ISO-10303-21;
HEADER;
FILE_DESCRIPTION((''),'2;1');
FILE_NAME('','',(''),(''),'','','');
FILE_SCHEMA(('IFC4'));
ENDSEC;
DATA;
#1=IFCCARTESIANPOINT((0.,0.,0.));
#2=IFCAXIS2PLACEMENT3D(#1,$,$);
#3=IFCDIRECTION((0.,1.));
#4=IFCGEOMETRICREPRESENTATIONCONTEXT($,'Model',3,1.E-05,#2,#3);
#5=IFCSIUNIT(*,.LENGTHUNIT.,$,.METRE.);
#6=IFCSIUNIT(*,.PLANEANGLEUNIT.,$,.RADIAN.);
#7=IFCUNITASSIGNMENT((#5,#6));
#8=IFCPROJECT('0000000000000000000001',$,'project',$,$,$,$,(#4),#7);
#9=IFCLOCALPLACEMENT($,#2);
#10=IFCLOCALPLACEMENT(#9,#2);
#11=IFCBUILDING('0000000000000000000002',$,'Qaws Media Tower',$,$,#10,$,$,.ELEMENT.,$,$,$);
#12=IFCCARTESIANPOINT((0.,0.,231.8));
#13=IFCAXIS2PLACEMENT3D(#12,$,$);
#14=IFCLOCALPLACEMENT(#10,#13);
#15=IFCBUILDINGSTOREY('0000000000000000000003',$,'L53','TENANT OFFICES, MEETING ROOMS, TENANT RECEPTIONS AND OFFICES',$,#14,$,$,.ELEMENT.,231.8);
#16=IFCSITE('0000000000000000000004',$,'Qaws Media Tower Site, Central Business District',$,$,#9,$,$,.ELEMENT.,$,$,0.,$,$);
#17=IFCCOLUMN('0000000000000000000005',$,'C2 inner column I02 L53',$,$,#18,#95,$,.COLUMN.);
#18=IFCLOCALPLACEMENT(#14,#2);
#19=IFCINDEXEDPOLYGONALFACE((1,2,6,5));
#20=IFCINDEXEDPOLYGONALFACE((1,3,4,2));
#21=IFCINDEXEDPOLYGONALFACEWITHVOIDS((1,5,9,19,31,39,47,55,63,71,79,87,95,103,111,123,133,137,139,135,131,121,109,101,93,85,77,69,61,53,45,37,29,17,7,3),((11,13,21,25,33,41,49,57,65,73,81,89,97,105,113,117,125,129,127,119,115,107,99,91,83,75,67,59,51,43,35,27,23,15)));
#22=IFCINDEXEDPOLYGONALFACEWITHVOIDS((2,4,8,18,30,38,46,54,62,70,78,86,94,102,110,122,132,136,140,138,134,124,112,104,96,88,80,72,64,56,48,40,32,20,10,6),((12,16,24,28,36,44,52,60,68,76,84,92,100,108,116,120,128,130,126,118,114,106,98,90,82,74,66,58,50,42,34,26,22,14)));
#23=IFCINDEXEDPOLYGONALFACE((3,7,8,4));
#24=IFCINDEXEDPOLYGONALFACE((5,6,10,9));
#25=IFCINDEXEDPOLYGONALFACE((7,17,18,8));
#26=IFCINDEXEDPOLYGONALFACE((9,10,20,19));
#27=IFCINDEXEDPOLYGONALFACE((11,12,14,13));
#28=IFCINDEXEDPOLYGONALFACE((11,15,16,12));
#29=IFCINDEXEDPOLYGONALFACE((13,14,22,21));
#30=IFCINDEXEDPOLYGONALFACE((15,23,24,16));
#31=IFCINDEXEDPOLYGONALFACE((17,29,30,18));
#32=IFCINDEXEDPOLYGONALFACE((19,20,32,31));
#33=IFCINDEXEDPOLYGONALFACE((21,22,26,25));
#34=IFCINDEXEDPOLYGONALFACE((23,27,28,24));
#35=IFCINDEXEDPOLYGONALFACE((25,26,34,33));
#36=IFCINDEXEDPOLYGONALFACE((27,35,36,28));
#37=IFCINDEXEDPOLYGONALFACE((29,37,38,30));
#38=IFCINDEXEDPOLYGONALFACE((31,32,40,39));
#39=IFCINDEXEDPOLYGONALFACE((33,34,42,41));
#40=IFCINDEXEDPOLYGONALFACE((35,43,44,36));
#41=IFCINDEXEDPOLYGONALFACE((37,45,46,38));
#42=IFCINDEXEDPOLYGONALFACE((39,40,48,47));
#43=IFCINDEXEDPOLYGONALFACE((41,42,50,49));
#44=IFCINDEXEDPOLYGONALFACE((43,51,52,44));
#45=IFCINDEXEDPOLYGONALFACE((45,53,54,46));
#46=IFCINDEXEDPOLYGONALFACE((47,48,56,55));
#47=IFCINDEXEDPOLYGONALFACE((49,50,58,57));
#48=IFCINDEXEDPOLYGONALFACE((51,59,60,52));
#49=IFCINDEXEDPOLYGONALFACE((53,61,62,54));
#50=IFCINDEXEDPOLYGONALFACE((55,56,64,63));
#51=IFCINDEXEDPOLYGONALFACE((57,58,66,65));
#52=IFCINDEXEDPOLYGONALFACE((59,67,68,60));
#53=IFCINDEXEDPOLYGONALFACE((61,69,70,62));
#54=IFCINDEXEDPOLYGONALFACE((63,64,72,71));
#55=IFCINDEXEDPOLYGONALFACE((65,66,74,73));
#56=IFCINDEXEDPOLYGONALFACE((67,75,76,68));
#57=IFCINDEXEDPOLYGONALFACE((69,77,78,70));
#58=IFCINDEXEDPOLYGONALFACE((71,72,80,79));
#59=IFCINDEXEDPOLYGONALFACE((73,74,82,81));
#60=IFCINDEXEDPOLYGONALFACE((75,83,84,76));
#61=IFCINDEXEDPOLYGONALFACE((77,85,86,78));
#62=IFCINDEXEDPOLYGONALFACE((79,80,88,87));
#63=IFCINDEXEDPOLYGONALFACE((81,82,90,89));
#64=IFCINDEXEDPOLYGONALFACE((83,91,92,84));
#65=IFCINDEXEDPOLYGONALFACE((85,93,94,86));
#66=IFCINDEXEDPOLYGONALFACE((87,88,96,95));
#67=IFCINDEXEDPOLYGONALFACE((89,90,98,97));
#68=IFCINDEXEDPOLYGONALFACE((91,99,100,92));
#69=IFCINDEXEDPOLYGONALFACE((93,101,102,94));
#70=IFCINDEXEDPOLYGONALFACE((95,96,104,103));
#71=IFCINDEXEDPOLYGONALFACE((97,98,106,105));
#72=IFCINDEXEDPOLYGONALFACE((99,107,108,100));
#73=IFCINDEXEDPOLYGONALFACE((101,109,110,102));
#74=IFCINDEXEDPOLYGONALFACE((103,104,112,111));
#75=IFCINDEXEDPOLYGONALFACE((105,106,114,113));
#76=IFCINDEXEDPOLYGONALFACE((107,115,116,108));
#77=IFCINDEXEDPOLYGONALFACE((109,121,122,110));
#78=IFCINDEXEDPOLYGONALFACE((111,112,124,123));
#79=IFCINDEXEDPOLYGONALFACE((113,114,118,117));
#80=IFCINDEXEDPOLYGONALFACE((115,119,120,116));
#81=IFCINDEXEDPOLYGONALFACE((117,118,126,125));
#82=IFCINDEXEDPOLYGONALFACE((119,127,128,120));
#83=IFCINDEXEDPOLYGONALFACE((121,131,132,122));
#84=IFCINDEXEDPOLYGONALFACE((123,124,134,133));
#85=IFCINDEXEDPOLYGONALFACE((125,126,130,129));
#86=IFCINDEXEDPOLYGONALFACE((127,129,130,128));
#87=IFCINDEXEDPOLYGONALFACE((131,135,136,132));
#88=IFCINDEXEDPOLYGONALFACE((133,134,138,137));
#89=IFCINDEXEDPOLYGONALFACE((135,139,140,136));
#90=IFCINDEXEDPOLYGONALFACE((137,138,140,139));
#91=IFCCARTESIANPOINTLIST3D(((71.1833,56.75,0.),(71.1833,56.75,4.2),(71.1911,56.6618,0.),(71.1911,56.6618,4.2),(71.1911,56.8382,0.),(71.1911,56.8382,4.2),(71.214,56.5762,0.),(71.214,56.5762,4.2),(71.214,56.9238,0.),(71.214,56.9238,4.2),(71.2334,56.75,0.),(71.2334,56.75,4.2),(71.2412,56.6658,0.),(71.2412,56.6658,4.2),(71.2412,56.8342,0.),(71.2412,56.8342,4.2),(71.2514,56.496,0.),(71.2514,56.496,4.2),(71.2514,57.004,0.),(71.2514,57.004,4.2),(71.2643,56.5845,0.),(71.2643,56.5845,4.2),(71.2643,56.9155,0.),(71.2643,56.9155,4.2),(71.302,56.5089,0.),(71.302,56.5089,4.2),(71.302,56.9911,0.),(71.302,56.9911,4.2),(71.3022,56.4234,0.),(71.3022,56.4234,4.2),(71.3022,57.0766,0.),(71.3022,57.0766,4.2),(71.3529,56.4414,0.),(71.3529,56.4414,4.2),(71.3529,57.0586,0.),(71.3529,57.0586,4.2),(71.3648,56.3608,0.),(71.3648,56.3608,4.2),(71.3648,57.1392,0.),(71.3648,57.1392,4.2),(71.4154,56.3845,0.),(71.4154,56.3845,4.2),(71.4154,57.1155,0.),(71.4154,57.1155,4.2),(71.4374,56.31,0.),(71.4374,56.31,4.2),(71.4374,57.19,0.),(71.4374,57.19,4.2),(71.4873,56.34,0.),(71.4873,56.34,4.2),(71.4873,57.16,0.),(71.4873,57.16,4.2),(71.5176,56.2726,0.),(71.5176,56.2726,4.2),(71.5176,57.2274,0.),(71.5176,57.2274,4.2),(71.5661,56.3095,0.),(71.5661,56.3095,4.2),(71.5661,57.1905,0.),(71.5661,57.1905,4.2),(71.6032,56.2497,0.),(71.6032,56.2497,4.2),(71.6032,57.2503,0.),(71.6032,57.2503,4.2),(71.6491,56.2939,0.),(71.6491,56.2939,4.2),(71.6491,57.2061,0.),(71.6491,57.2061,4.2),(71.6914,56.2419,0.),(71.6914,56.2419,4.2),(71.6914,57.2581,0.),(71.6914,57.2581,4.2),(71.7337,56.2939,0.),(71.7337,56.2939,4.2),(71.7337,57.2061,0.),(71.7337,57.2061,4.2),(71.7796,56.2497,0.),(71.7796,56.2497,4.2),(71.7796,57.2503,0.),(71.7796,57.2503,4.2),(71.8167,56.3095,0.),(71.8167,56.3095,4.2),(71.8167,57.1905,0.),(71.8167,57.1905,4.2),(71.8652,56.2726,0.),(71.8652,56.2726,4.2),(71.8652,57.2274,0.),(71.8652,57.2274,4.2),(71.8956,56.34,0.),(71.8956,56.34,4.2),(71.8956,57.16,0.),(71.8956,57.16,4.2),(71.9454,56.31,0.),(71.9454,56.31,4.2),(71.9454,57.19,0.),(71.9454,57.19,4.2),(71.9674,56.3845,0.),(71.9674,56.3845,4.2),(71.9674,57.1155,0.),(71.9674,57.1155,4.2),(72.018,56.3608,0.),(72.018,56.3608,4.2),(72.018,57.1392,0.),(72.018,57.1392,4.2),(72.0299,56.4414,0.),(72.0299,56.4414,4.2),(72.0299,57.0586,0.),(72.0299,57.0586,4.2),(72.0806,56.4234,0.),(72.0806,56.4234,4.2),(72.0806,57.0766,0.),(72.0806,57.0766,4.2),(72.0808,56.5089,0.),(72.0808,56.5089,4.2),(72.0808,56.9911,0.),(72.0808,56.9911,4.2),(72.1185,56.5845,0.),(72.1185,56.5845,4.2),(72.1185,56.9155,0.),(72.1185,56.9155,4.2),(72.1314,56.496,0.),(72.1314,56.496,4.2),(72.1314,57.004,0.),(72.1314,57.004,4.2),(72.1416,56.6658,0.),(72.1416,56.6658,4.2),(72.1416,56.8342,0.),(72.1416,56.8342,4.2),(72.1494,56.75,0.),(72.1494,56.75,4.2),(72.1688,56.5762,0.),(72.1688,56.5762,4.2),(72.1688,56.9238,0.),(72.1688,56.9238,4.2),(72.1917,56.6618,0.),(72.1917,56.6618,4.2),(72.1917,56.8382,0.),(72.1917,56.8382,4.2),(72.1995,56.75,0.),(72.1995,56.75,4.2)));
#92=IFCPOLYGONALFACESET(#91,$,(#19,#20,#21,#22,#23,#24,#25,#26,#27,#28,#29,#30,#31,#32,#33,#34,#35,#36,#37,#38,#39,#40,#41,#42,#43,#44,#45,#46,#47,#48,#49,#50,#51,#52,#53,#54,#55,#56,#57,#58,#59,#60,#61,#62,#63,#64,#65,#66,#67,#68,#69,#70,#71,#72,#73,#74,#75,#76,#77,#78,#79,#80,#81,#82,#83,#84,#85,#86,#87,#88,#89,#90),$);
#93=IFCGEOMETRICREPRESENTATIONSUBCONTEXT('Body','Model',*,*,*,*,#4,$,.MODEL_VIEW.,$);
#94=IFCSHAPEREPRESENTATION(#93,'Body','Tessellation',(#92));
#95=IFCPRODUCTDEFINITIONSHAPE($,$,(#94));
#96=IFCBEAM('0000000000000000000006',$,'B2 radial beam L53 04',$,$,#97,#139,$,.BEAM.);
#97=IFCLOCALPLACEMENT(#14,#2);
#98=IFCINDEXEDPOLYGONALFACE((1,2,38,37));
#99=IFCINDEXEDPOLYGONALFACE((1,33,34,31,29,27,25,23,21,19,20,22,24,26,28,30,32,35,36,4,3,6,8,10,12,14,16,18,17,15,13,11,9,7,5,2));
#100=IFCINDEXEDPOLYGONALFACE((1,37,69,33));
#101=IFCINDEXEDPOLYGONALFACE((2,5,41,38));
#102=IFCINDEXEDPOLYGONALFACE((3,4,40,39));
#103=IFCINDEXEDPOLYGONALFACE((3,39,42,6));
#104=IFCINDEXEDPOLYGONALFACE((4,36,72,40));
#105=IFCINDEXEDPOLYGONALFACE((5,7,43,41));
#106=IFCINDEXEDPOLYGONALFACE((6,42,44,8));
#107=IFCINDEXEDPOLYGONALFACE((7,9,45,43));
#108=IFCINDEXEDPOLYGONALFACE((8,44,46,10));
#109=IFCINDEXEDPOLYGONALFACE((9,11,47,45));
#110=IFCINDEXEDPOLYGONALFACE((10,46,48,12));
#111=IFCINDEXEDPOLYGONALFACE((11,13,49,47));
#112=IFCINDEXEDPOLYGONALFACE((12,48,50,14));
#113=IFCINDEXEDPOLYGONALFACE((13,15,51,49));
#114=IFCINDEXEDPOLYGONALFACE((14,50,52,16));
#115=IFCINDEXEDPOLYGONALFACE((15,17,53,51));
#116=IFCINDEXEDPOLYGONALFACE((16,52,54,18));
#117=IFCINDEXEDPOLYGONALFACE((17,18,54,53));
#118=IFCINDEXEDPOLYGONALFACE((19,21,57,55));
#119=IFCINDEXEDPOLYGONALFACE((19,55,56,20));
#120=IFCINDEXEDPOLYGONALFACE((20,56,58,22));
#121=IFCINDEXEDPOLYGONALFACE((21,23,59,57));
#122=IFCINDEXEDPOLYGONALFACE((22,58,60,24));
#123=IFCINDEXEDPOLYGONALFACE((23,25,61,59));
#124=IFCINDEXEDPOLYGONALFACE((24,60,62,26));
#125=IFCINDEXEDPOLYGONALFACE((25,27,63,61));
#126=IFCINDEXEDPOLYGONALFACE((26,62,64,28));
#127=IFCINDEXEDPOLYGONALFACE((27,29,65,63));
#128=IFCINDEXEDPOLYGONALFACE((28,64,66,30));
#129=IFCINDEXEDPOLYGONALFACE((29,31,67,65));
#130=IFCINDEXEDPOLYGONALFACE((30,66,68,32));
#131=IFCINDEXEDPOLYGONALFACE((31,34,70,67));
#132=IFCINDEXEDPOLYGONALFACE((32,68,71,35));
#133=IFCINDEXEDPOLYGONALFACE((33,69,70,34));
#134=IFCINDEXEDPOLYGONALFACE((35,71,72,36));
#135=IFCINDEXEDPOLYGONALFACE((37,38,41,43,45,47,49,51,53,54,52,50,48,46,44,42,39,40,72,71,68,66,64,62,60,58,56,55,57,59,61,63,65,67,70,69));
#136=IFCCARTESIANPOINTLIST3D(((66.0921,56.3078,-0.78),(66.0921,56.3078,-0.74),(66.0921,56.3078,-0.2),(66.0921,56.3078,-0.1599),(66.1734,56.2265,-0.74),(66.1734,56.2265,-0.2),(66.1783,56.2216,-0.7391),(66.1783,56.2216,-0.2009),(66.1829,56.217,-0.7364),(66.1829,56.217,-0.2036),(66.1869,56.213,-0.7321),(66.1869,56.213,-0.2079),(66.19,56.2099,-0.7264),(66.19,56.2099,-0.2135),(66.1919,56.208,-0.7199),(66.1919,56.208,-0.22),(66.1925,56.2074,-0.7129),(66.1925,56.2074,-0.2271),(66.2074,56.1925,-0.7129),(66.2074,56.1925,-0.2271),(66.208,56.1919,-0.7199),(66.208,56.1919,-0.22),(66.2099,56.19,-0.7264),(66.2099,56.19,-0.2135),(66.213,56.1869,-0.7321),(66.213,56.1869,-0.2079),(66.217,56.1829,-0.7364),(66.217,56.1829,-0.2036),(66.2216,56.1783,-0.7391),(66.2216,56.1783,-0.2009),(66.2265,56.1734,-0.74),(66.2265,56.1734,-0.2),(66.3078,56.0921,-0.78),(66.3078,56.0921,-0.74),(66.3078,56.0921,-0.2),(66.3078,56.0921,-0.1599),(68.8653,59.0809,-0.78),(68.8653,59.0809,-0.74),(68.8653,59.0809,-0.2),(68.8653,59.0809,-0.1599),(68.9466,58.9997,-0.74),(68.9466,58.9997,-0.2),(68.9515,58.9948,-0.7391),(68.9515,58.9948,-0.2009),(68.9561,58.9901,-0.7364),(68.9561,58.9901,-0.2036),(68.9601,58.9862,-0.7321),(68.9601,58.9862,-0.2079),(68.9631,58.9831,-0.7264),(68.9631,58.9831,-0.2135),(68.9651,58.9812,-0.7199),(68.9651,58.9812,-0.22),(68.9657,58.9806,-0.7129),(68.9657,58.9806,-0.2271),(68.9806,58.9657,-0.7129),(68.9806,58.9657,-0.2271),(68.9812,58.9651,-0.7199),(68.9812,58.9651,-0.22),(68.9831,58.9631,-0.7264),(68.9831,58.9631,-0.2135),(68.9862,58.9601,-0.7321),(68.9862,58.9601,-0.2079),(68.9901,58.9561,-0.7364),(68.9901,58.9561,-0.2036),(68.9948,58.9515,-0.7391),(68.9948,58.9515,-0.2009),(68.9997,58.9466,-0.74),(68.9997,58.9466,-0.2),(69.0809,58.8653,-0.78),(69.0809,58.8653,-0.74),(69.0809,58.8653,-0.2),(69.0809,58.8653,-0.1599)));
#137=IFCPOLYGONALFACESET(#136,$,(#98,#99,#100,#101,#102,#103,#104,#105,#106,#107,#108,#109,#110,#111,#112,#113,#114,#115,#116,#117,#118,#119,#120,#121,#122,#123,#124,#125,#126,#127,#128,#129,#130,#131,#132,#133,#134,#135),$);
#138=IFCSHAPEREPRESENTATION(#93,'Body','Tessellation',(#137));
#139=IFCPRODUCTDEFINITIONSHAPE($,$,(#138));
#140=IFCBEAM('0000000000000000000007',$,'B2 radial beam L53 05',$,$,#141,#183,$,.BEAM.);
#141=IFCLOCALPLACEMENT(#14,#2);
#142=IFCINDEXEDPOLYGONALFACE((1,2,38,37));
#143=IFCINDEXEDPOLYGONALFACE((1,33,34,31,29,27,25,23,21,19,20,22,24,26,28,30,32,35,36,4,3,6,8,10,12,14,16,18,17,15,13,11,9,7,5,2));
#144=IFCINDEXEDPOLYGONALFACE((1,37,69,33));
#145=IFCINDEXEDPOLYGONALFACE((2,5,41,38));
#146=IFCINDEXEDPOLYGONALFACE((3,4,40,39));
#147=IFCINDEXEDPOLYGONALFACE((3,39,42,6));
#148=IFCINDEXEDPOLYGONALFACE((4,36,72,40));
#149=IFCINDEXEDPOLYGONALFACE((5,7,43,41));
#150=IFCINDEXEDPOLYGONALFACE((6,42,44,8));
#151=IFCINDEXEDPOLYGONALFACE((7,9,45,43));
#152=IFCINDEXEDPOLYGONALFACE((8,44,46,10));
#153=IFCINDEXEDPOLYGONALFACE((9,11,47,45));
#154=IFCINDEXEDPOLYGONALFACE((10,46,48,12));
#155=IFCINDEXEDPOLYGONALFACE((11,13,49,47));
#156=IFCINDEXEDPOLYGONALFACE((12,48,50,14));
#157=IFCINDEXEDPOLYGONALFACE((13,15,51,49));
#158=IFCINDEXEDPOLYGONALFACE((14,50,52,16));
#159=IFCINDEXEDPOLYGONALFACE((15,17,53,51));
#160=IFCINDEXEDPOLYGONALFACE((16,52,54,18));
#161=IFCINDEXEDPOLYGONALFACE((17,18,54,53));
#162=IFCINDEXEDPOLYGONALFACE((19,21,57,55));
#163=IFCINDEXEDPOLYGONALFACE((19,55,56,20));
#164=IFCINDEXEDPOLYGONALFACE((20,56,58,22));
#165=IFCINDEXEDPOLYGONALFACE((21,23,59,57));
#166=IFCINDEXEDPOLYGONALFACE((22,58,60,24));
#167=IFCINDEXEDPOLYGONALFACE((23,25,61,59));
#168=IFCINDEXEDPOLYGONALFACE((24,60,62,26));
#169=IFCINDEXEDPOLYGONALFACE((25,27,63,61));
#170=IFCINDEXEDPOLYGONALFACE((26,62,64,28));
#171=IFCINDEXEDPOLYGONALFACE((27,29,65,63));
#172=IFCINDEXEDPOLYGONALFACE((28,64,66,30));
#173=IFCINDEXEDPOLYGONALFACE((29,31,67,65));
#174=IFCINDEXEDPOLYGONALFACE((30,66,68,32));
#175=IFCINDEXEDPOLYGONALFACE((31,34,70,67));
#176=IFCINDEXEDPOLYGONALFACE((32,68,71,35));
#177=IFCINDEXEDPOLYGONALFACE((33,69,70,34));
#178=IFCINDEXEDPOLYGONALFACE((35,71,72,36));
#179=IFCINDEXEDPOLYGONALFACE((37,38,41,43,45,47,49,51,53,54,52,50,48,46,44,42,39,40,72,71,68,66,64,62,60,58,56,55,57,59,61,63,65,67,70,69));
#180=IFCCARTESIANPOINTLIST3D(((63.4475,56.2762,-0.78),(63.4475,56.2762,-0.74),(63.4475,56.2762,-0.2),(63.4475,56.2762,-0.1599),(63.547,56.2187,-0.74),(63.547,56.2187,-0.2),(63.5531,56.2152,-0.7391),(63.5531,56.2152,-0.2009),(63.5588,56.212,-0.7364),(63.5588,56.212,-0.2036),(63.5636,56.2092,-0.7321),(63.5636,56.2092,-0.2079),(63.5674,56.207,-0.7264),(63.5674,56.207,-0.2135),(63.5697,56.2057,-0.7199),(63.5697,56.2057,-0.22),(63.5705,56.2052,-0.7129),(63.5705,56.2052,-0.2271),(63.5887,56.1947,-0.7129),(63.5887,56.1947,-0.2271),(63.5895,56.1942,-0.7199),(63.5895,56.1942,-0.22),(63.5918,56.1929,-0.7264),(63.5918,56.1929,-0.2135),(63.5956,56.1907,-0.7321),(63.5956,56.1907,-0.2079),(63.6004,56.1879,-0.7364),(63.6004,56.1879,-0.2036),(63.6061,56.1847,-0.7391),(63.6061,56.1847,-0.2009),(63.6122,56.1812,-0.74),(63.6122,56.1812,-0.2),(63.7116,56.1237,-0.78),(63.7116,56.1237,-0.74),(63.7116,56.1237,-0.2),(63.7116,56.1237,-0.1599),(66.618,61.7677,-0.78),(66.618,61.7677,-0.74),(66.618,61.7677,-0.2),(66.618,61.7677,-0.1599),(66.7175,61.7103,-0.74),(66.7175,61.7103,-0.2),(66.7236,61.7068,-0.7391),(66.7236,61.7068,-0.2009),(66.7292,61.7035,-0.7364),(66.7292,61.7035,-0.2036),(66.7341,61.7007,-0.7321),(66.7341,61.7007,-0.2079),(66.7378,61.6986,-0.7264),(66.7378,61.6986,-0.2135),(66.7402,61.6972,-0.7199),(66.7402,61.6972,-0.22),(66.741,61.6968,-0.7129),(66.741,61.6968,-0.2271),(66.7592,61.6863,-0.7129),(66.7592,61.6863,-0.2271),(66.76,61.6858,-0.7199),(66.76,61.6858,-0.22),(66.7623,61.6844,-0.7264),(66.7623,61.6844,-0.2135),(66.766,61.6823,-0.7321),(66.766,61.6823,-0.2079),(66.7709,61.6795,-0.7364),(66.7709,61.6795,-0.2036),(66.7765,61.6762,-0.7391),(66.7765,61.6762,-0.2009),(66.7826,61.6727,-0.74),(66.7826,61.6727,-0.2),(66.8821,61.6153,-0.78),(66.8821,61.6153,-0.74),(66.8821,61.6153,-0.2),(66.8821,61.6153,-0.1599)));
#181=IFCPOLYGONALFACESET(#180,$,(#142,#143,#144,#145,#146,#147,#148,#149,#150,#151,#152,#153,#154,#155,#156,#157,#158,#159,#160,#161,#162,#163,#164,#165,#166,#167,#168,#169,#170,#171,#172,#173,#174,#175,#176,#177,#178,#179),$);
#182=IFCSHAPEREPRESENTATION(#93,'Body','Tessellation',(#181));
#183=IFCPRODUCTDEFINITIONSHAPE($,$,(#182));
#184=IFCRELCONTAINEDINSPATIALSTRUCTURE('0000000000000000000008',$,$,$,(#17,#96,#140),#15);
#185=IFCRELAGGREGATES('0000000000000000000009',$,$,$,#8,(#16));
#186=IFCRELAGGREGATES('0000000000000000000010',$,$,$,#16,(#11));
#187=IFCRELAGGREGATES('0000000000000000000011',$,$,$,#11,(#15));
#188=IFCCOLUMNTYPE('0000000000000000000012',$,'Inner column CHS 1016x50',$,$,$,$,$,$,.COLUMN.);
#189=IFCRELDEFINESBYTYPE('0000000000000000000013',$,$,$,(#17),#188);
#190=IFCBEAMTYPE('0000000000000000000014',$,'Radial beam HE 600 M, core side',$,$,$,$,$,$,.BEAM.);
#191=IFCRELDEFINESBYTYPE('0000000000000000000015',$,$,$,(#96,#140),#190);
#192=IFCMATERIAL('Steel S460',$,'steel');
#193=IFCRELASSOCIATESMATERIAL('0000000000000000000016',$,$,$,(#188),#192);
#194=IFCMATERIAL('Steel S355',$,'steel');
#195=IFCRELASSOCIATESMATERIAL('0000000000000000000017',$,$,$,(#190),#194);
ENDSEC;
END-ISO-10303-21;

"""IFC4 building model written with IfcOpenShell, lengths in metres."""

from ifc_helpers import new_model, si_unit, direction, frame, origin, origin_2d, place, context, subcontext, project, spatial, hollow_circle, i_section, extrude, material, material_profile, profile_set, type_object, element, save


model = new_model("IFC4")

# Units and contexts
model_context = context("Model", 3, precision=1e-05, world=origin(), true_north=direction((0.0, 1.0)))
body_context = subcontext(model_context, "Body", "Model", "MODEL_VIEW")
ifc_project = project(units=[si_unit("LENGTHUNIT", "METRE"), si_unit("PLANEANGLEUNIT", "RADIAN")], contexts=[model_context])

# Site, building, storey
site_placement = place(None, origin())
site = spatial("IfcSite", under=ifc_project, at=site_placement, Name="Qaws Media Tower Site, Central Business District", CompositionType="ELEMENT", RefElevation=0.0)
building_placement = place(site_placement, origin())
building = spatial("IfcBuilding", under=site, at=building_placement, Name="Qaws Media Tower", CompositionType="ELEMENT")
storey_placement = place(building_placement, frame((0.0, 0.0, 231.8)))
storey = spatial("IfcBuildingStorey", under=building, at=storey_placement, Name="L53", Description="TENANT OFFICES, MEETING ROOMS, TENANT RECEPTIONS AND OFFICES", CompositionType="ELEMENT", Elevation=231.8)

# Column
ifc_material_1 = material(Name="Steel S460", Category="steel")
ifc_material_profile_1 = material_profile(ifc_material_1, hollow_circle(Radius=0.5081, WallThickness=0.05, at=origin_2d()), Name="CHS 1016x50")
ifc_profile_set_1 = profile_set([ifc_material_profile_1], Name="Steel S460")
column_type = type_object("IfcColumnType", Name="Inner column CHS 1016x50", PredefinedType="COLUMN", material=ifc_profile_set_1)
column_placement = place(storey_placement, frame((71.6914, 56.75, 0.0), z_axis=(0.0, 0.0, 1.0), x_axis=(1.0, 0.0, 0.0)))
element("IfcColumn", 1, at=column_placement, inside=storey, type_object=column_type, Name="C2 inner column I02 L53", PredefinedType="COLUMN", context=body_context, shape_type="SweptSolid", body=[
    extrude(hollow_circle(Radius=0.5081, WallThickness=0.05, at=origin_2d()), origin(), (0.0, 0.0, 1.0), 4.2),
])

# Beams
ifc_material_2 = material(Name="Steel S355", Category="steel")
ifc_material_profile_2 = material_profile(ifc_material_2, i_section(OverallWidth=0.3049, OverallDepth=0.6201, WebThickness=0.021, FlangeThickness=0.04, FilletRadius=0.0271, at=origin_2d()), Name="HE 600 M")
ifc_profile_set_2 = profile_set([ifc_material_profile_2], Name="Steel S355")
beam_type = type_object("IfcBeamType", Name="Radial beam HE 600 M, core side", PredefinedType="BEAM", material=ifc_profile_set_2)
beam_1_placement = place(storey_placement, frame((66.2, 56.2, -0.47), z_axis=(0.707107, 0.707107, 0.0), x_axis=(-0.707107, 0.707107, 0.0)))
element("IfcBeam", 2, at=beam_1_placement, inside=storey, type_object=beam_type, Name="B2 radial beam L53 04", PredefinedType="BEAM", context=body_context, shape_type="SweptSolid", body=[
    extrude(i_section(OverallWidth=0.3049, OverallDepth=0.6201, WebThickness=0.021, FlangeThickness=0.04, FilletRadius=0.0271, at=origin_2d()), origin(), (0.0, 0.0, 1.0), 3.9219),
])
beam_2_placement = place(storey_placement, frame((63.5796, 56.2, -0.47), z_axis=(0.49999, 0.866031, 0.0), x_axis=(-0.866031, 0.49999, 0.0)))
element("IfcBeam", 3, at=beam_2_placement, inside=storey, type_object=beam_type, Name="B2 radial beam L53 05", PredefinedType="BEAM", context=body_context, shape_type="SweptSolid", body=[
    extrude(i_section(OverallWidth=0.3049, OverallDepth=0.6201, WebThickness=0.021, FlangeThickness=0.04, FilletRadius=0.0271, at=origin_2d()), origin(), (0.0, 0.0, 1.0), 6.3411),
])

save(model, "model.ifc")
